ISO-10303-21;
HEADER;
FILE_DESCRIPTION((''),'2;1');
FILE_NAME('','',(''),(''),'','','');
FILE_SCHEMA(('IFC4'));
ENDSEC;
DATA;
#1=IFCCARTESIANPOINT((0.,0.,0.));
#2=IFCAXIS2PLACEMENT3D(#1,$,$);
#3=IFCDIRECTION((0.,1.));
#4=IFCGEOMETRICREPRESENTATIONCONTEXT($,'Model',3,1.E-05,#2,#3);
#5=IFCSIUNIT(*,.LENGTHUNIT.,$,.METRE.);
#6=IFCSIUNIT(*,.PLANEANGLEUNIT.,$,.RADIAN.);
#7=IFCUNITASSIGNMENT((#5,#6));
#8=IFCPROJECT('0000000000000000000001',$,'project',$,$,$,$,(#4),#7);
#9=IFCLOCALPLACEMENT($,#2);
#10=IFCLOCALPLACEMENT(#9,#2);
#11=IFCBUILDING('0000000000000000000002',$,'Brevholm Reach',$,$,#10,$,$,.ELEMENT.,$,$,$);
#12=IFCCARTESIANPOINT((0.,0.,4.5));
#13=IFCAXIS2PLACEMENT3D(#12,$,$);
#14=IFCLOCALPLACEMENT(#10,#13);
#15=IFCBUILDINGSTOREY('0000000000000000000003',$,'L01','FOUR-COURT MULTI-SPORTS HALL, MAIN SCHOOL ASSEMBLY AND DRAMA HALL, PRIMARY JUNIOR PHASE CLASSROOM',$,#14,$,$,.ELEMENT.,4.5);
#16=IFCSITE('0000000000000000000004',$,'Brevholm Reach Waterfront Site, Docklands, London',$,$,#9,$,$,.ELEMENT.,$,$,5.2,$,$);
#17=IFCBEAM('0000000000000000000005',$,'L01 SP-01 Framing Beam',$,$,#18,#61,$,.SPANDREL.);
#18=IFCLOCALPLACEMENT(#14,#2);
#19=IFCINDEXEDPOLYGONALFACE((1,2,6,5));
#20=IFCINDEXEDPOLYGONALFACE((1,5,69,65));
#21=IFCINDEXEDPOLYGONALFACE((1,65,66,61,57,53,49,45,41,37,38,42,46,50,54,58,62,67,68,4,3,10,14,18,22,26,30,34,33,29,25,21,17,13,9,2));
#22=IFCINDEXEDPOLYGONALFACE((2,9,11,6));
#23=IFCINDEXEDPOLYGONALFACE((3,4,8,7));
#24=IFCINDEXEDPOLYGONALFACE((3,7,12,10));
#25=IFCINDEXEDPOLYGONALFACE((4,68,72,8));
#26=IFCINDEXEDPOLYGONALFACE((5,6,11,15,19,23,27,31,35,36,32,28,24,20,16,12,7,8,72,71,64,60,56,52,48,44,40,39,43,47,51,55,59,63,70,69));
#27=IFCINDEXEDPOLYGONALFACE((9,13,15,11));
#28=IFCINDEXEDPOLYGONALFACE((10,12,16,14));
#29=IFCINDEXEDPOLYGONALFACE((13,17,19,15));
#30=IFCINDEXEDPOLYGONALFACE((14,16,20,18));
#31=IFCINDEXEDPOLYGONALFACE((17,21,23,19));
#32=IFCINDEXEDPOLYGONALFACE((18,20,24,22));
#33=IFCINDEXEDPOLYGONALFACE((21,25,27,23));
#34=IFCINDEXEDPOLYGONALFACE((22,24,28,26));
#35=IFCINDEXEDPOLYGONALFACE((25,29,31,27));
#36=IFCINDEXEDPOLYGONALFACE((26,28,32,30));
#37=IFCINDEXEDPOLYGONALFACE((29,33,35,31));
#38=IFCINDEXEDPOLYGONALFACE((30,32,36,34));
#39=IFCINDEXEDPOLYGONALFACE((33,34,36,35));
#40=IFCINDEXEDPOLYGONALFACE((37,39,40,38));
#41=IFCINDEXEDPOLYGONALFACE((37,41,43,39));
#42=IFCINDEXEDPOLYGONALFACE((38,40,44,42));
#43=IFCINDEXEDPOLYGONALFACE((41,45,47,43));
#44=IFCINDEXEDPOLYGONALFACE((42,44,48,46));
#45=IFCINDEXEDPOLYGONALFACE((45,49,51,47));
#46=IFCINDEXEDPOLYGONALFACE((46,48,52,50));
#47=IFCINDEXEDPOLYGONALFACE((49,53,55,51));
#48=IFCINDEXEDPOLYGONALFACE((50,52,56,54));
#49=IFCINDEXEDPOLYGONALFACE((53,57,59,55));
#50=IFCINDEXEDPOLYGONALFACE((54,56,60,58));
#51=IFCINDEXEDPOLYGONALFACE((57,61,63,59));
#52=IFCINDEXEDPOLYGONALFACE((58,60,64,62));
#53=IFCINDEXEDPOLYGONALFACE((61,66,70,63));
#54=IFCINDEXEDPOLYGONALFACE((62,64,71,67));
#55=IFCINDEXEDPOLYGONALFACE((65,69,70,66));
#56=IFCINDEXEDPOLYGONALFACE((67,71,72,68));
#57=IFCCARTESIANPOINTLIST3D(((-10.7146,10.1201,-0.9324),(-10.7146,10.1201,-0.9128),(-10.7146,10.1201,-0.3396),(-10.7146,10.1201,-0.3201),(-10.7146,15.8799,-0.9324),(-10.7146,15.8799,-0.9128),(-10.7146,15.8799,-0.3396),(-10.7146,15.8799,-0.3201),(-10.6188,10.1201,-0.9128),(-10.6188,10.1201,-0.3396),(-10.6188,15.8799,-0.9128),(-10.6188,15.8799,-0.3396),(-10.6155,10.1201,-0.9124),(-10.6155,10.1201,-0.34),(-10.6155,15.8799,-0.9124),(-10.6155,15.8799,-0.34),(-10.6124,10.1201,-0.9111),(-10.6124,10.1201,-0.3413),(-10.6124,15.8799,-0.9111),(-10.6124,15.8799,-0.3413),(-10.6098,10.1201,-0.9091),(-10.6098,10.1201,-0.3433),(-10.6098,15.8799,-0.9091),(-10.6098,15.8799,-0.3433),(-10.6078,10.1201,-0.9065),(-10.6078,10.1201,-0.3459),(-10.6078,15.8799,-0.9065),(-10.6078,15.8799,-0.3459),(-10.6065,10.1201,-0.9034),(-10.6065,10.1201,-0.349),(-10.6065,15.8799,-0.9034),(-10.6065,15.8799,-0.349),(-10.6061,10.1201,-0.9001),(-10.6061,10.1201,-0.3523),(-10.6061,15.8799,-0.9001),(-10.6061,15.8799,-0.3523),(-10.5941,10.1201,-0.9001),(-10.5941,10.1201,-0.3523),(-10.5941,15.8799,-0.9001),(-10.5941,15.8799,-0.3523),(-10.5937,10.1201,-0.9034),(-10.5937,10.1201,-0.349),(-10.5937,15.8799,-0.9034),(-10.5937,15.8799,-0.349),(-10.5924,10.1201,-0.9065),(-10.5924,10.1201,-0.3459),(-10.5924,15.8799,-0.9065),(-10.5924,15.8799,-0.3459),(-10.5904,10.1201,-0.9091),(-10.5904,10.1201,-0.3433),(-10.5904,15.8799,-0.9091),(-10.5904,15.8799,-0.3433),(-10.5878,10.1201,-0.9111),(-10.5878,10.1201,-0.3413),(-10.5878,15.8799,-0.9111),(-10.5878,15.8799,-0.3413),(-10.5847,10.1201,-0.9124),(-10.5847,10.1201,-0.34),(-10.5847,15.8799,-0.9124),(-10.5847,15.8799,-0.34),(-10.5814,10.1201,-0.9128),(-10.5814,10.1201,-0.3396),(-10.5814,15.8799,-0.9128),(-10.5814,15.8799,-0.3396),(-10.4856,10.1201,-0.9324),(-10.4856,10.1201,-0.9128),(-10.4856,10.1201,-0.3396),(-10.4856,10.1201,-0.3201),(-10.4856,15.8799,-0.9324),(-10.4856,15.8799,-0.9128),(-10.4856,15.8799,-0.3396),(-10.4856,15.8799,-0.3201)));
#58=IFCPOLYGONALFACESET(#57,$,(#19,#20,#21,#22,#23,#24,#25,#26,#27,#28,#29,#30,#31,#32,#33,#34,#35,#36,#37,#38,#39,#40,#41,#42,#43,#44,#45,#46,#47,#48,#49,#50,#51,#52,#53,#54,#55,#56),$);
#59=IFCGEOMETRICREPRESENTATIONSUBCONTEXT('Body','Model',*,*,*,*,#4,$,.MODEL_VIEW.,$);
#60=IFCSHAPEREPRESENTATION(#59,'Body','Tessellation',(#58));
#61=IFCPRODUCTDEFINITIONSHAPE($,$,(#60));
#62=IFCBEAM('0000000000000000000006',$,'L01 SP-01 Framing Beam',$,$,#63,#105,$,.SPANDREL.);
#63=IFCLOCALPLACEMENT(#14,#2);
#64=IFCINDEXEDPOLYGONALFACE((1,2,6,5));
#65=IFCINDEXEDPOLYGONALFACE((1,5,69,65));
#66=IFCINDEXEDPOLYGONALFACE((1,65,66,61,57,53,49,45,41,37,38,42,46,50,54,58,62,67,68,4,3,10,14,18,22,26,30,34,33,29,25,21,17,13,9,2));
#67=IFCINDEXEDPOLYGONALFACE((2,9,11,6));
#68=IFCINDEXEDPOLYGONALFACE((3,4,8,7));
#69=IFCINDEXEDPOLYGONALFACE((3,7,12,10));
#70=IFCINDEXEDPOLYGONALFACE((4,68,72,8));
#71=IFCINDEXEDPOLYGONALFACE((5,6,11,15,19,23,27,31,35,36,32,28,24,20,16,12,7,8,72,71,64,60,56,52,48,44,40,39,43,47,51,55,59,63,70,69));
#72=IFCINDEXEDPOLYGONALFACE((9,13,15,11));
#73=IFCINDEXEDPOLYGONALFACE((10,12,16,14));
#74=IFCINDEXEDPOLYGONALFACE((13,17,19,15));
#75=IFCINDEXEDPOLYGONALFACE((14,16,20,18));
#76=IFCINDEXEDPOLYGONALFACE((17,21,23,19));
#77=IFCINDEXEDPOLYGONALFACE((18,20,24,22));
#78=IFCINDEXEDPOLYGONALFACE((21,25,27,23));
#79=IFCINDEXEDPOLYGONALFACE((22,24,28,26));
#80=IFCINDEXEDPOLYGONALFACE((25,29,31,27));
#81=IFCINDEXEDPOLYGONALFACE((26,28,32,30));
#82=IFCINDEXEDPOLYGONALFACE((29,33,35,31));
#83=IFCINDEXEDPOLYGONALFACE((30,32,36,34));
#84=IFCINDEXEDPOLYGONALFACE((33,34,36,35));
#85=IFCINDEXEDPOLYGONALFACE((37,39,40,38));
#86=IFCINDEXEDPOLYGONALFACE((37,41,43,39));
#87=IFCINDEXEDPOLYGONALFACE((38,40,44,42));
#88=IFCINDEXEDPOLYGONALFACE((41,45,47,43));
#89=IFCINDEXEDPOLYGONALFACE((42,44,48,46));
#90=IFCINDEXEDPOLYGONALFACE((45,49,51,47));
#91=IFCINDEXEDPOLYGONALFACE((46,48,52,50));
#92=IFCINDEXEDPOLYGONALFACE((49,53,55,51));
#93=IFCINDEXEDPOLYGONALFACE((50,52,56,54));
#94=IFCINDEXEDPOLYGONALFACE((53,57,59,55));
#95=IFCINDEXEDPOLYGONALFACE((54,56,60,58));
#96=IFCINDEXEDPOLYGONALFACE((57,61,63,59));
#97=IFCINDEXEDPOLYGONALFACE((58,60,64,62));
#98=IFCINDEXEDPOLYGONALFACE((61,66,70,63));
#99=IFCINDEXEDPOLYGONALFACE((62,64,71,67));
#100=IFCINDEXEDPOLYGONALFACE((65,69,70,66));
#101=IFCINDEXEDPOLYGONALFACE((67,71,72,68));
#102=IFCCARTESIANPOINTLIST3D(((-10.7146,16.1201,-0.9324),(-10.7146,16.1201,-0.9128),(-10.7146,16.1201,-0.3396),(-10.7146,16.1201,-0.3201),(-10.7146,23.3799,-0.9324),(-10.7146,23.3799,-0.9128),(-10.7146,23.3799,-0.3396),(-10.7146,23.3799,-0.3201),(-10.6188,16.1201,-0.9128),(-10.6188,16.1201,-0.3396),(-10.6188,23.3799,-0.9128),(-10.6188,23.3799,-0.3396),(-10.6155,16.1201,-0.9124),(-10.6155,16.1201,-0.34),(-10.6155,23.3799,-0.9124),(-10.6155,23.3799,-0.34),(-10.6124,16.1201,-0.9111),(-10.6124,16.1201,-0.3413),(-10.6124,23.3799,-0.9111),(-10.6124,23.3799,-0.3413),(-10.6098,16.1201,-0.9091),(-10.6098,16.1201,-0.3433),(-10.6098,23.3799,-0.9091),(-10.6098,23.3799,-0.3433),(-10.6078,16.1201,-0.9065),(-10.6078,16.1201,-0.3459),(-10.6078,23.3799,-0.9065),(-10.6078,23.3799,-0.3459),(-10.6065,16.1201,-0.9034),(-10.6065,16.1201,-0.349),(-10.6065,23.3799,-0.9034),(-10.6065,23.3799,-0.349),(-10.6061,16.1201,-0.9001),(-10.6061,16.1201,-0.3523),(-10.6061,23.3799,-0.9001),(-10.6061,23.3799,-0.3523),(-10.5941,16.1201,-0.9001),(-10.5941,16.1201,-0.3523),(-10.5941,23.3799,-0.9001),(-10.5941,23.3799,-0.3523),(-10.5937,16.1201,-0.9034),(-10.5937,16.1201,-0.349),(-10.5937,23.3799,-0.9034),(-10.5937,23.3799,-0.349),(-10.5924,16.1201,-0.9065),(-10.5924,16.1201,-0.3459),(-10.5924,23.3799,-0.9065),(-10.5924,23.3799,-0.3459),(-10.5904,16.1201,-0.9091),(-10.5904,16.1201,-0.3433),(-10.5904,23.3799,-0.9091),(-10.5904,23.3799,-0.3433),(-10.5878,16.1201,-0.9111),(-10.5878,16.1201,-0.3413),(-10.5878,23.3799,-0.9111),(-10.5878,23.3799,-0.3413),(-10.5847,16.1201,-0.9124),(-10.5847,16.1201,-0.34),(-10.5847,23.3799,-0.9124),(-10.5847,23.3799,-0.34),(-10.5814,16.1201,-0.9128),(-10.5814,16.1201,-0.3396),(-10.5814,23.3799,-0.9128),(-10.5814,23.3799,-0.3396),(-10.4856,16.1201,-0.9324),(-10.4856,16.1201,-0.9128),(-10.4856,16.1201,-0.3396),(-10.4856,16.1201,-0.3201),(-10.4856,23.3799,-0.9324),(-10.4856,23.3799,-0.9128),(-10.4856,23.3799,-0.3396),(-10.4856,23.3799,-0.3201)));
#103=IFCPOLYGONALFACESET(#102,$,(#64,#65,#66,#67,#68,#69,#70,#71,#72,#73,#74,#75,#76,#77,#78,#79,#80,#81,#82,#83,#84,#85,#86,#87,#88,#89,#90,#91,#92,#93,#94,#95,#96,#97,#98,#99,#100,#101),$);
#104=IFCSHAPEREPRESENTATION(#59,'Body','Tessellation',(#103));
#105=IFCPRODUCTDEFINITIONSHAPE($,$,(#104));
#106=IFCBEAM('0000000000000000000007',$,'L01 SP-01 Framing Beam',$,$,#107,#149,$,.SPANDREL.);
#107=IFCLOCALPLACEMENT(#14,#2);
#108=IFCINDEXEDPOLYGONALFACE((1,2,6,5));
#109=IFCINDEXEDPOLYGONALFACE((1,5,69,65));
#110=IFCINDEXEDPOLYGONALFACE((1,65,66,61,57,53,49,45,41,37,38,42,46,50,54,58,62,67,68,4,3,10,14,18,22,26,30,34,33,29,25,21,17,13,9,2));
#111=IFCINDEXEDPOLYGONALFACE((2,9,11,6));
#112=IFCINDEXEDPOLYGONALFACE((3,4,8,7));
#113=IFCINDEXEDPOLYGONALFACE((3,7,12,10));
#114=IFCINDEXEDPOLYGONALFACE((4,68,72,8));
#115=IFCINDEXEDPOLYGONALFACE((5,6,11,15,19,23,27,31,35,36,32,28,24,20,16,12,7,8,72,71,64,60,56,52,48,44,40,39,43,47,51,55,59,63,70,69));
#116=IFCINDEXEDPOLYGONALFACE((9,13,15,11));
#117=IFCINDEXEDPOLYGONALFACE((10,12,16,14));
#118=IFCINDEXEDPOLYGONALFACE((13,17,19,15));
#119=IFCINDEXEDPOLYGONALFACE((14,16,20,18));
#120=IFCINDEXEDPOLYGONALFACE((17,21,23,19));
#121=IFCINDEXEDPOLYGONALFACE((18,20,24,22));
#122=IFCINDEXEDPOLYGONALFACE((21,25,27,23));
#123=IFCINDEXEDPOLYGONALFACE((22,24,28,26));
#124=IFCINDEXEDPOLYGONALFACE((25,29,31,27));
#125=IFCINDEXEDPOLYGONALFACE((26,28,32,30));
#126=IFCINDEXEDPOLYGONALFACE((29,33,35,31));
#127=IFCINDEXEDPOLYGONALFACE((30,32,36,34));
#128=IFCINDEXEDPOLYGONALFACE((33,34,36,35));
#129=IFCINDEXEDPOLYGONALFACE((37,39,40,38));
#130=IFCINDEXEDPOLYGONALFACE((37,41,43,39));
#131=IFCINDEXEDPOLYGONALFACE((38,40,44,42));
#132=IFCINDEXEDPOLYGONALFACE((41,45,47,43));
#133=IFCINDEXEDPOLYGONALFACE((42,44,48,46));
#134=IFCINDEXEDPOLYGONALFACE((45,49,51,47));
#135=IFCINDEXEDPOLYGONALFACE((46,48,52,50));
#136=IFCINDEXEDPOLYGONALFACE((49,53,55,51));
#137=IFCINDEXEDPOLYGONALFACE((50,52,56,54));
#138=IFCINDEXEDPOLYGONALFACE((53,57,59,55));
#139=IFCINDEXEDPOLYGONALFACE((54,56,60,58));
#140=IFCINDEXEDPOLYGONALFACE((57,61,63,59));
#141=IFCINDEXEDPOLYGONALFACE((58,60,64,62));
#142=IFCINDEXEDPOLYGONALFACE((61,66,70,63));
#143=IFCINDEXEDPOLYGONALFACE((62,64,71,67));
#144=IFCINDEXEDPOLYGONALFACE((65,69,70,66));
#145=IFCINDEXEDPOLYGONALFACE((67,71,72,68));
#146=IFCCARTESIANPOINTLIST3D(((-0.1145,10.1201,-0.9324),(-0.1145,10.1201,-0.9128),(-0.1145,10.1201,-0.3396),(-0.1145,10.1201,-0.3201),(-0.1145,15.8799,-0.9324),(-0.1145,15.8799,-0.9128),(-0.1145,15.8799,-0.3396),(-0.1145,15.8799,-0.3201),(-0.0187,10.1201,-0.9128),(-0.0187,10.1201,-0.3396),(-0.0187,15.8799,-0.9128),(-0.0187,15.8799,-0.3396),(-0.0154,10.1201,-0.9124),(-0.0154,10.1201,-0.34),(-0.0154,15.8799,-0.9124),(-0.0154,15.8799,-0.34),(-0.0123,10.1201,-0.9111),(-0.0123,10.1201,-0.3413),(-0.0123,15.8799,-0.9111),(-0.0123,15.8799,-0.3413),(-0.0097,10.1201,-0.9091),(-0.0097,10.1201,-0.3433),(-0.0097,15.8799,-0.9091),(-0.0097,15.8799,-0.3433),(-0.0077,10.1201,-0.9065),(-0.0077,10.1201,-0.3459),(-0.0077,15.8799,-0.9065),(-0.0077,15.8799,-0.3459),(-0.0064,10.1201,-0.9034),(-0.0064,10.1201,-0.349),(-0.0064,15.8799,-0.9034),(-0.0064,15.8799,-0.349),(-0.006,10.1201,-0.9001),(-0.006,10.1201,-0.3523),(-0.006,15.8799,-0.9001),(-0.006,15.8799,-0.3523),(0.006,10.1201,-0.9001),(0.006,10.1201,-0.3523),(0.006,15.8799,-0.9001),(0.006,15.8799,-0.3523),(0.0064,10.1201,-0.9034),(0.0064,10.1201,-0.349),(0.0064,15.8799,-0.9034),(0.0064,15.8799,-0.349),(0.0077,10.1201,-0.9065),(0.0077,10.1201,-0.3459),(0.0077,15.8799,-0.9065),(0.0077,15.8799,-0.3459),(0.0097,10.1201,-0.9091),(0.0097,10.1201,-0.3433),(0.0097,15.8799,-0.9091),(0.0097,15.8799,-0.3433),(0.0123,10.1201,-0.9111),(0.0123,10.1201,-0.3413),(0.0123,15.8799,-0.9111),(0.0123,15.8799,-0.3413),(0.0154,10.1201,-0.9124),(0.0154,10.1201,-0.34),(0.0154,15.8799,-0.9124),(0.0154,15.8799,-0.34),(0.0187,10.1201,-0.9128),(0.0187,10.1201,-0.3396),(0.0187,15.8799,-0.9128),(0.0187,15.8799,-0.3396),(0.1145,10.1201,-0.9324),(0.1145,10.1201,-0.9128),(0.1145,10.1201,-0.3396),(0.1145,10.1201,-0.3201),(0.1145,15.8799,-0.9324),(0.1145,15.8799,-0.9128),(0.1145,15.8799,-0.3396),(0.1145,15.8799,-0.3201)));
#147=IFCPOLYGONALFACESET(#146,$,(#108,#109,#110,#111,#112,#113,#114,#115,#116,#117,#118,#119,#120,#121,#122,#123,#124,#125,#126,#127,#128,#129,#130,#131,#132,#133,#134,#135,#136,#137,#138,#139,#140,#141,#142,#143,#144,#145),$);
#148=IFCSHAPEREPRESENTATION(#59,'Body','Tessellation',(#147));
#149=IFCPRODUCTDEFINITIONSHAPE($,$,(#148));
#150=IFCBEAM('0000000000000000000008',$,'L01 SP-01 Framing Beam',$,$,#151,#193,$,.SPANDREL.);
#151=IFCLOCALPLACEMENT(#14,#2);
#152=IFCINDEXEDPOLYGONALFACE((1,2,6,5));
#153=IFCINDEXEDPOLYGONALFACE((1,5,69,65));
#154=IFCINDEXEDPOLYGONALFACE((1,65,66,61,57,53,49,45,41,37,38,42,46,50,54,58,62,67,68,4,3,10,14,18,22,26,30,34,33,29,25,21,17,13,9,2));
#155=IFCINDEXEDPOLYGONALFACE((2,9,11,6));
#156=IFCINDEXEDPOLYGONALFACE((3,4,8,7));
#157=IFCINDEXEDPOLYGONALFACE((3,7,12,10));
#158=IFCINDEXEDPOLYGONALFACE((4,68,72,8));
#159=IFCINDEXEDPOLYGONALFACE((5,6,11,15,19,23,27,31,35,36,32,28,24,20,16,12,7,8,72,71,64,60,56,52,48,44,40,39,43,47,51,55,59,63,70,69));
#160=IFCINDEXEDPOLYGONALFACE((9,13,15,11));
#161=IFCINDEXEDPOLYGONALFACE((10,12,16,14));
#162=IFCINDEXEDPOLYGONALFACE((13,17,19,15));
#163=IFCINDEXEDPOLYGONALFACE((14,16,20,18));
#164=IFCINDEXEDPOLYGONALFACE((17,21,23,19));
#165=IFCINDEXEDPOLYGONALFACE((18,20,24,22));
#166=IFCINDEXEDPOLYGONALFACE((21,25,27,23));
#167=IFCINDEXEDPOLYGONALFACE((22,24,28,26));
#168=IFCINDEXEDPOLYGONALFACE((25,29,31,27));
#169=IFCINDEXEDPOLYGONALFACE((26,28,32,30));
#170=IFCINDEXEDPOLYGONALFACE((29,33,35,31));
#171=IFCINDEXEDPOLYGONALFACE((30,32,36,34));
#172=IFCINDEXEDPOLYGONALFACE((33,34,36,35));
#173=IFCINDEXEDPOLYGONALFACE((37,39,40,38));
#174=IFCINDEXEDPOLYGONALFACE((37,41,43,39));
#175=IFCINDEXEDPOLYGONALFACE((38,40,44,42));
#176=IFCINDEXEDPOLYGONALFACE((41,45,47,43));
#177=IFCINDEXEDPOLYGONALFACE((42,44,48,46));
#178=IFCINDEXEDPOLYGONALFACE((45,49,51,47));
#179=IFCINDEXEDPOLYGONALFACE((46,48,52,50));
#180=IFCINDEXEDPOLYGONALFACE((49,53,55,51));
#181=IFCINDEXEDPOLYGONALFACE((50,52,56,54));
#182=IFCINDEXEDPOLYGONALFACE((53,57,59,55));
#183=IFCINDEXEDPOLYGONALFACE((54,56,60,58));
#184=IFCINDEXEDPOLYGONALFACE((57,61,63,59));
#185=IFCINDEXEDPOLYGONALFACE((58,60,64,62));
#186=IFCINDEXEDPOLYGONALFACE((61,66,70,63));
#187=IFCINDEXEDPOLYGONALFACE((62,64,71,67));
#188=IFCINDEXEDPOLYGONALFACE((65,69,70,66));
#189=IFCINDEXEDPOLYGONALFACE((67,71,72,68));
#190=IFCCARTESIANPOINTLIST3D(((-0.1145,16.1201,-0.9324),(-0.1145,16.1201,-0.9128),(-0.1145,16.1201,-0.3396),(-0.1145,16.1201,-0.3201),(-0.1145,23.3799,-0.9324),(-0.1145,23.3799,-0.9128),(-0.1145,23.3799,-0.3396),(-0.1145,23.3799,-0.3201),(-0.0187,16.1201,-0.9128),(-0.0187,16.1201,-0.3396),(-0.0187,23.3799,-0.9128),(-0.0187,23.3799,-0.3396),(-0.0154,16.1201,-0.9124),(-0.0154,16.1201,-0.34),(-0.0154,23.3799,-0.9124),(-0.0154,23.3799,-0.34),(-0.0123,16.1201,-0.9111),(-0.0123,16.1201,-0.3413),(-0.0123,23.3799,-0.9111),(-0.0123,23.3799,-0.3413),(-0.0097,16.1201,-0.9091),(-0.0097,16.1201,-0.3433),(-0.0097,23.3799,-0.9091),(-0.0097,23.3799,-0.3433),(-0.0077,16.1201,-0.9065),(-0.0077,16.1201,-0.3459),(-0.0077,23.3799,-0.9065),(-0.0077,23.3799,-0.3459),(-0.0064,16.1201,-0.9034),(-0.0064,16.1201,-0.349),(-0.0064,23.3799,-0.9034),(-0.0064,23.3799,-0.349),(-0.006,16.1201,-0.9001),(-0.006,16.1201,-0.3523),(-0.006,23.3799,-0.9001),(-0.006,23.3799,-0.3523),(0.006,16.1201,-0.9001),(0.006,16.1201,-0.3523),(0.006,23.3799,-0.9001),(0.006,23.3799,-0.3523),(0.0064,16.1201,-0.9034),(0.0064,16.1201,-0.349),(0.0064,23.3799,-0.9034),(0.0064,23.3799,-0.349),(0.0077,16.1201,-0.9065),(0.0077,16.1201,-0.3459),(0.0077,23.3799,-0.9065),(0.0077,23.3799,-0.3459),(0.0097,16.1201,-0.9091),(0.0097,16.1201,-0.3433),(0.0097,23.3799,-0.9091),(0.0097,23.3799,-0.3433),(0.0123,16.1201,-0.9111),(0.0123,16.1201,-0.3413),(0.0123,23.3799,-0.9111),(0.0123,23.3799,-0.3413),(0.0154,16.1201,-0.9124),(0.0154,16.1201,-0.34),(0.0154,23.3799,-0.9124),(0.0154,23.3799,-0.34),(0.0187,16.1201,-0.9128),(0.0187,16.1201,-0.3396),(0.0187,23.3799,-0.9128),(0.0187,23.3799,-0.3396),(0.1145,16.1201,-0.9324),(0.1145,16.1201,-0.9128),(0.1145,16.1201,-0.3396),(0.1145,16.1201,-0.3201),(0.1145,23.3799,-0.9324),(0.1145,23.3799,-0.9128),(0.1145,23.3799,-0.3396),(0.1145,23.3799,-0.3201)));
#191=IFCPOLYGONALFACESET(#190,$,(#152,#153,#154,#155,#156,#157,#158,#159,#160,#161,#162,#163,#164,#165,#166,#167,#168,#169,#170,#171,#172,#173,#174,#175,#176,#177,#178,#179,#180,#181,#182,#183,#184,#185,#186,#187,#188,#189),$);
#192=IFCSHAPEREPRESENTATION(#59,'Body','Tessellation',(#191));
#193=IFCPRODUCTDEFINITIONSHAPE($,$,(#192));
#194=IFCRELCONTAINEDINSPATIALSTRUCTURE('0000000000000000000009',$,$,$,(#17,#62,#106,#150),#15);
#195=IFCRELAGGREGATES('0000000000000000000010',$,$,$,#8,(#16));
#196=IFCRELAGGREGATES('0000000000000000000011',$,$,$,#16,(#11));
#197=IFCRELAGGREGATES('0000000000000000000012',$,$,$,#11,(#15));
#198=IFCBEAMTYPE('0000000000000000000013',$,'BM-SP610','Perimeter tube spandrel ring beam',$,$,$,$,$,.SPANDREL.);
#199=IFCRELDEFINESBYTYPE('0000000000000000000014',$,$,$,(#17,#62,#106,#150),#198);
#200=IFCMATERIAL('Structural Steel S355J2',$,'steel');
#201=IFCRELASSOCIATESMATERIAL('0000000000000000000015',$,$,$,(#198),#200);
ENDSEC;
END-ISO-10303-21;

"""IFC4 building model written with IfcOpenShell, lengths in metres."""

from ifc_helpers import new_model, si_unit, direction, frame, origin, origin_2d, place, context, subcontext, project, spatial, i_section, extrude, material, material_profile, profile_set, type_object, element, save


model = new_model("IFC4")

# Units and contexts
model_context = context("Model", 3, precision=1e-05, world=origin(), true_north=direction((0.0, 1.0)))
body_context = subcontext(model_context, "Body", "Model", "MODEL_VIEW")
ifc_project = project(units=[si_unit("LENGTHUNIT", "METRE"), si_unit("PLANEANGLEUNIT", "RADIAN")], contexts=[model_context])

# Site, building, storey
site_placement = place(None, origin())
site = spatial("IfcSite", under=ifc_project, at=site_placement, Name="Brevholm Reach Waterfront Site, Docklands, London", CompositionType="ELEMENT", RefElevation=5.2)
building_placement = place(site_placement, origin())
building = spatial("IfcBuilding", under=site, at=building_placement, Name="Brevholm Reach", CompositionType="ELEMENT")
storey_placement = place(building_placement, frame((0.0, 0.0, 4.5)))
storey = spatial("IfcBuildingStorey", under=building, at=storey_placement, Name="L01", Description="FOUR-COURT MULTI-SPORTS HALL, MAIN SCHOOL ASSEMBLY AND DRAMA HALL, PRIMARY JUNIOR PHASE CLASSROOM", CompositionType="ELEMENT", Elevation=4.5)

# Beams
ifc_material_1 = material(Name="Structural Steel S355J2", Category="steel")
ifc_material_profile_1 = material_profile(ifc_material_1, i_section(OverallWidth=0.229, OverallDepth=0.6123, WebThickness=0.012, FlangeThickness=0.0195, FilletRadius=0.0127, at=origin_2d()), Name="UKB 610x229x125")
ifc_profile_set_1 = profile_set([ifc_material_profile_1], Name="Structural Steel S355J2")
beam_type_1 = type_object("IfcBeamType", Name="BM-SP610", Description="Perimeter tube spandrel ring beam", PredefinedType="SPANDREL", material=ifc_profile_set_1)
beam_1_placement = place(storey_placement, frame((-10.6001, 10.1201, -0.6262), z_axis=(0.0, 1.0, 0.0), x_axis=(-1.0, 0.0, 0.0)))
element("IfcBeam", 1, at=beam_1_placement, inside=storey, type_object=beam_type_1, Name="L01 SP-01 Framing Beam", PredefinedType="SPANDREL", context=body_context, shape_type="SweptSolid", body=[
    extrude(i_section(OverallWidth=0.229, OverallDepth=0.6123, WebThickness=0.012, FlangeThickness=0.0195, FilletRadius=0.0127, at=origin_2d()), origin(), (0.0, 0.0, 1.0), 5.7598),
])
beam_2_placement = place(storey_placement, frame((-10.6001, 16.1201, -0.6262), z_axis=(0.0, 1.0, 0.0), x_axis=(-1.0, 0.0, 0.0)))
element("IfcBeam", 2, at=beam_2_placement, inside=storey, type_object=beam_type_1, Name="L01 SP-01 Framing Beam", PredefinedType="SPANDREL", context=body_context, shape_type="SweptSolid", body=[
    extrude(i_section(OverallWidth=0.229, OverallDepth=0.6123, WebThickness=0.012, FlangeThickness=0.0195, FilletRadius=0.0127, at=origin_2d()), origin(), (0.0, 0.0, 1.0), 7.2598),
])
beam_3_placement = place(storey_placement, frame((0.0, 10.1201, -0.6262), z_axis=(0.0, 1.0, 0.0), x_axis=(-1.0, 0.0, 0.0)))
element("IfcBeam", 3, at=beam_3_placement, inside=storey, type_object=beam_type_1, Name="L01 SP-01 Framing Beam", PredefinedType="SPANDREL", context=body_context, shape_type="SweptSolid", body=[
    extrude(i_section(OverallWidth=0.229, OverallDepth=0.6123, WebThickness=0.012, FlangeThickness=0.0195, FilletRadius=0.0127, at=origin_2d()), origin(), (0.0, 0.0, 1.0), 5.7598),
])
beam_4_placement = place(storey_placement, frame((0.0, 16.1201, -0.6262), z_axis=(0.0, 1.0, 0.0), x_axis=(-1.0, 0.0, 0.0)))
element("IfcBeam", 4, at=beam_4_placement, inside=storey, type_object=beam_type_1, Name="L01 SP-01 Framing Beam", PredefinedType="SPANDREL", context=body_context, shape_type="SweptSolid", body=[
    extrude(i_section(OverallWidth=0.229, OverallDepth=0.6123, WebThickness=0.012, FlangeThickness=0.0195, FilletRadius=0.0127, at=origin_2d()), origin(), (0.0, 0.0, 1.0), 7.2598),
])

save(model, "model.ifc")
